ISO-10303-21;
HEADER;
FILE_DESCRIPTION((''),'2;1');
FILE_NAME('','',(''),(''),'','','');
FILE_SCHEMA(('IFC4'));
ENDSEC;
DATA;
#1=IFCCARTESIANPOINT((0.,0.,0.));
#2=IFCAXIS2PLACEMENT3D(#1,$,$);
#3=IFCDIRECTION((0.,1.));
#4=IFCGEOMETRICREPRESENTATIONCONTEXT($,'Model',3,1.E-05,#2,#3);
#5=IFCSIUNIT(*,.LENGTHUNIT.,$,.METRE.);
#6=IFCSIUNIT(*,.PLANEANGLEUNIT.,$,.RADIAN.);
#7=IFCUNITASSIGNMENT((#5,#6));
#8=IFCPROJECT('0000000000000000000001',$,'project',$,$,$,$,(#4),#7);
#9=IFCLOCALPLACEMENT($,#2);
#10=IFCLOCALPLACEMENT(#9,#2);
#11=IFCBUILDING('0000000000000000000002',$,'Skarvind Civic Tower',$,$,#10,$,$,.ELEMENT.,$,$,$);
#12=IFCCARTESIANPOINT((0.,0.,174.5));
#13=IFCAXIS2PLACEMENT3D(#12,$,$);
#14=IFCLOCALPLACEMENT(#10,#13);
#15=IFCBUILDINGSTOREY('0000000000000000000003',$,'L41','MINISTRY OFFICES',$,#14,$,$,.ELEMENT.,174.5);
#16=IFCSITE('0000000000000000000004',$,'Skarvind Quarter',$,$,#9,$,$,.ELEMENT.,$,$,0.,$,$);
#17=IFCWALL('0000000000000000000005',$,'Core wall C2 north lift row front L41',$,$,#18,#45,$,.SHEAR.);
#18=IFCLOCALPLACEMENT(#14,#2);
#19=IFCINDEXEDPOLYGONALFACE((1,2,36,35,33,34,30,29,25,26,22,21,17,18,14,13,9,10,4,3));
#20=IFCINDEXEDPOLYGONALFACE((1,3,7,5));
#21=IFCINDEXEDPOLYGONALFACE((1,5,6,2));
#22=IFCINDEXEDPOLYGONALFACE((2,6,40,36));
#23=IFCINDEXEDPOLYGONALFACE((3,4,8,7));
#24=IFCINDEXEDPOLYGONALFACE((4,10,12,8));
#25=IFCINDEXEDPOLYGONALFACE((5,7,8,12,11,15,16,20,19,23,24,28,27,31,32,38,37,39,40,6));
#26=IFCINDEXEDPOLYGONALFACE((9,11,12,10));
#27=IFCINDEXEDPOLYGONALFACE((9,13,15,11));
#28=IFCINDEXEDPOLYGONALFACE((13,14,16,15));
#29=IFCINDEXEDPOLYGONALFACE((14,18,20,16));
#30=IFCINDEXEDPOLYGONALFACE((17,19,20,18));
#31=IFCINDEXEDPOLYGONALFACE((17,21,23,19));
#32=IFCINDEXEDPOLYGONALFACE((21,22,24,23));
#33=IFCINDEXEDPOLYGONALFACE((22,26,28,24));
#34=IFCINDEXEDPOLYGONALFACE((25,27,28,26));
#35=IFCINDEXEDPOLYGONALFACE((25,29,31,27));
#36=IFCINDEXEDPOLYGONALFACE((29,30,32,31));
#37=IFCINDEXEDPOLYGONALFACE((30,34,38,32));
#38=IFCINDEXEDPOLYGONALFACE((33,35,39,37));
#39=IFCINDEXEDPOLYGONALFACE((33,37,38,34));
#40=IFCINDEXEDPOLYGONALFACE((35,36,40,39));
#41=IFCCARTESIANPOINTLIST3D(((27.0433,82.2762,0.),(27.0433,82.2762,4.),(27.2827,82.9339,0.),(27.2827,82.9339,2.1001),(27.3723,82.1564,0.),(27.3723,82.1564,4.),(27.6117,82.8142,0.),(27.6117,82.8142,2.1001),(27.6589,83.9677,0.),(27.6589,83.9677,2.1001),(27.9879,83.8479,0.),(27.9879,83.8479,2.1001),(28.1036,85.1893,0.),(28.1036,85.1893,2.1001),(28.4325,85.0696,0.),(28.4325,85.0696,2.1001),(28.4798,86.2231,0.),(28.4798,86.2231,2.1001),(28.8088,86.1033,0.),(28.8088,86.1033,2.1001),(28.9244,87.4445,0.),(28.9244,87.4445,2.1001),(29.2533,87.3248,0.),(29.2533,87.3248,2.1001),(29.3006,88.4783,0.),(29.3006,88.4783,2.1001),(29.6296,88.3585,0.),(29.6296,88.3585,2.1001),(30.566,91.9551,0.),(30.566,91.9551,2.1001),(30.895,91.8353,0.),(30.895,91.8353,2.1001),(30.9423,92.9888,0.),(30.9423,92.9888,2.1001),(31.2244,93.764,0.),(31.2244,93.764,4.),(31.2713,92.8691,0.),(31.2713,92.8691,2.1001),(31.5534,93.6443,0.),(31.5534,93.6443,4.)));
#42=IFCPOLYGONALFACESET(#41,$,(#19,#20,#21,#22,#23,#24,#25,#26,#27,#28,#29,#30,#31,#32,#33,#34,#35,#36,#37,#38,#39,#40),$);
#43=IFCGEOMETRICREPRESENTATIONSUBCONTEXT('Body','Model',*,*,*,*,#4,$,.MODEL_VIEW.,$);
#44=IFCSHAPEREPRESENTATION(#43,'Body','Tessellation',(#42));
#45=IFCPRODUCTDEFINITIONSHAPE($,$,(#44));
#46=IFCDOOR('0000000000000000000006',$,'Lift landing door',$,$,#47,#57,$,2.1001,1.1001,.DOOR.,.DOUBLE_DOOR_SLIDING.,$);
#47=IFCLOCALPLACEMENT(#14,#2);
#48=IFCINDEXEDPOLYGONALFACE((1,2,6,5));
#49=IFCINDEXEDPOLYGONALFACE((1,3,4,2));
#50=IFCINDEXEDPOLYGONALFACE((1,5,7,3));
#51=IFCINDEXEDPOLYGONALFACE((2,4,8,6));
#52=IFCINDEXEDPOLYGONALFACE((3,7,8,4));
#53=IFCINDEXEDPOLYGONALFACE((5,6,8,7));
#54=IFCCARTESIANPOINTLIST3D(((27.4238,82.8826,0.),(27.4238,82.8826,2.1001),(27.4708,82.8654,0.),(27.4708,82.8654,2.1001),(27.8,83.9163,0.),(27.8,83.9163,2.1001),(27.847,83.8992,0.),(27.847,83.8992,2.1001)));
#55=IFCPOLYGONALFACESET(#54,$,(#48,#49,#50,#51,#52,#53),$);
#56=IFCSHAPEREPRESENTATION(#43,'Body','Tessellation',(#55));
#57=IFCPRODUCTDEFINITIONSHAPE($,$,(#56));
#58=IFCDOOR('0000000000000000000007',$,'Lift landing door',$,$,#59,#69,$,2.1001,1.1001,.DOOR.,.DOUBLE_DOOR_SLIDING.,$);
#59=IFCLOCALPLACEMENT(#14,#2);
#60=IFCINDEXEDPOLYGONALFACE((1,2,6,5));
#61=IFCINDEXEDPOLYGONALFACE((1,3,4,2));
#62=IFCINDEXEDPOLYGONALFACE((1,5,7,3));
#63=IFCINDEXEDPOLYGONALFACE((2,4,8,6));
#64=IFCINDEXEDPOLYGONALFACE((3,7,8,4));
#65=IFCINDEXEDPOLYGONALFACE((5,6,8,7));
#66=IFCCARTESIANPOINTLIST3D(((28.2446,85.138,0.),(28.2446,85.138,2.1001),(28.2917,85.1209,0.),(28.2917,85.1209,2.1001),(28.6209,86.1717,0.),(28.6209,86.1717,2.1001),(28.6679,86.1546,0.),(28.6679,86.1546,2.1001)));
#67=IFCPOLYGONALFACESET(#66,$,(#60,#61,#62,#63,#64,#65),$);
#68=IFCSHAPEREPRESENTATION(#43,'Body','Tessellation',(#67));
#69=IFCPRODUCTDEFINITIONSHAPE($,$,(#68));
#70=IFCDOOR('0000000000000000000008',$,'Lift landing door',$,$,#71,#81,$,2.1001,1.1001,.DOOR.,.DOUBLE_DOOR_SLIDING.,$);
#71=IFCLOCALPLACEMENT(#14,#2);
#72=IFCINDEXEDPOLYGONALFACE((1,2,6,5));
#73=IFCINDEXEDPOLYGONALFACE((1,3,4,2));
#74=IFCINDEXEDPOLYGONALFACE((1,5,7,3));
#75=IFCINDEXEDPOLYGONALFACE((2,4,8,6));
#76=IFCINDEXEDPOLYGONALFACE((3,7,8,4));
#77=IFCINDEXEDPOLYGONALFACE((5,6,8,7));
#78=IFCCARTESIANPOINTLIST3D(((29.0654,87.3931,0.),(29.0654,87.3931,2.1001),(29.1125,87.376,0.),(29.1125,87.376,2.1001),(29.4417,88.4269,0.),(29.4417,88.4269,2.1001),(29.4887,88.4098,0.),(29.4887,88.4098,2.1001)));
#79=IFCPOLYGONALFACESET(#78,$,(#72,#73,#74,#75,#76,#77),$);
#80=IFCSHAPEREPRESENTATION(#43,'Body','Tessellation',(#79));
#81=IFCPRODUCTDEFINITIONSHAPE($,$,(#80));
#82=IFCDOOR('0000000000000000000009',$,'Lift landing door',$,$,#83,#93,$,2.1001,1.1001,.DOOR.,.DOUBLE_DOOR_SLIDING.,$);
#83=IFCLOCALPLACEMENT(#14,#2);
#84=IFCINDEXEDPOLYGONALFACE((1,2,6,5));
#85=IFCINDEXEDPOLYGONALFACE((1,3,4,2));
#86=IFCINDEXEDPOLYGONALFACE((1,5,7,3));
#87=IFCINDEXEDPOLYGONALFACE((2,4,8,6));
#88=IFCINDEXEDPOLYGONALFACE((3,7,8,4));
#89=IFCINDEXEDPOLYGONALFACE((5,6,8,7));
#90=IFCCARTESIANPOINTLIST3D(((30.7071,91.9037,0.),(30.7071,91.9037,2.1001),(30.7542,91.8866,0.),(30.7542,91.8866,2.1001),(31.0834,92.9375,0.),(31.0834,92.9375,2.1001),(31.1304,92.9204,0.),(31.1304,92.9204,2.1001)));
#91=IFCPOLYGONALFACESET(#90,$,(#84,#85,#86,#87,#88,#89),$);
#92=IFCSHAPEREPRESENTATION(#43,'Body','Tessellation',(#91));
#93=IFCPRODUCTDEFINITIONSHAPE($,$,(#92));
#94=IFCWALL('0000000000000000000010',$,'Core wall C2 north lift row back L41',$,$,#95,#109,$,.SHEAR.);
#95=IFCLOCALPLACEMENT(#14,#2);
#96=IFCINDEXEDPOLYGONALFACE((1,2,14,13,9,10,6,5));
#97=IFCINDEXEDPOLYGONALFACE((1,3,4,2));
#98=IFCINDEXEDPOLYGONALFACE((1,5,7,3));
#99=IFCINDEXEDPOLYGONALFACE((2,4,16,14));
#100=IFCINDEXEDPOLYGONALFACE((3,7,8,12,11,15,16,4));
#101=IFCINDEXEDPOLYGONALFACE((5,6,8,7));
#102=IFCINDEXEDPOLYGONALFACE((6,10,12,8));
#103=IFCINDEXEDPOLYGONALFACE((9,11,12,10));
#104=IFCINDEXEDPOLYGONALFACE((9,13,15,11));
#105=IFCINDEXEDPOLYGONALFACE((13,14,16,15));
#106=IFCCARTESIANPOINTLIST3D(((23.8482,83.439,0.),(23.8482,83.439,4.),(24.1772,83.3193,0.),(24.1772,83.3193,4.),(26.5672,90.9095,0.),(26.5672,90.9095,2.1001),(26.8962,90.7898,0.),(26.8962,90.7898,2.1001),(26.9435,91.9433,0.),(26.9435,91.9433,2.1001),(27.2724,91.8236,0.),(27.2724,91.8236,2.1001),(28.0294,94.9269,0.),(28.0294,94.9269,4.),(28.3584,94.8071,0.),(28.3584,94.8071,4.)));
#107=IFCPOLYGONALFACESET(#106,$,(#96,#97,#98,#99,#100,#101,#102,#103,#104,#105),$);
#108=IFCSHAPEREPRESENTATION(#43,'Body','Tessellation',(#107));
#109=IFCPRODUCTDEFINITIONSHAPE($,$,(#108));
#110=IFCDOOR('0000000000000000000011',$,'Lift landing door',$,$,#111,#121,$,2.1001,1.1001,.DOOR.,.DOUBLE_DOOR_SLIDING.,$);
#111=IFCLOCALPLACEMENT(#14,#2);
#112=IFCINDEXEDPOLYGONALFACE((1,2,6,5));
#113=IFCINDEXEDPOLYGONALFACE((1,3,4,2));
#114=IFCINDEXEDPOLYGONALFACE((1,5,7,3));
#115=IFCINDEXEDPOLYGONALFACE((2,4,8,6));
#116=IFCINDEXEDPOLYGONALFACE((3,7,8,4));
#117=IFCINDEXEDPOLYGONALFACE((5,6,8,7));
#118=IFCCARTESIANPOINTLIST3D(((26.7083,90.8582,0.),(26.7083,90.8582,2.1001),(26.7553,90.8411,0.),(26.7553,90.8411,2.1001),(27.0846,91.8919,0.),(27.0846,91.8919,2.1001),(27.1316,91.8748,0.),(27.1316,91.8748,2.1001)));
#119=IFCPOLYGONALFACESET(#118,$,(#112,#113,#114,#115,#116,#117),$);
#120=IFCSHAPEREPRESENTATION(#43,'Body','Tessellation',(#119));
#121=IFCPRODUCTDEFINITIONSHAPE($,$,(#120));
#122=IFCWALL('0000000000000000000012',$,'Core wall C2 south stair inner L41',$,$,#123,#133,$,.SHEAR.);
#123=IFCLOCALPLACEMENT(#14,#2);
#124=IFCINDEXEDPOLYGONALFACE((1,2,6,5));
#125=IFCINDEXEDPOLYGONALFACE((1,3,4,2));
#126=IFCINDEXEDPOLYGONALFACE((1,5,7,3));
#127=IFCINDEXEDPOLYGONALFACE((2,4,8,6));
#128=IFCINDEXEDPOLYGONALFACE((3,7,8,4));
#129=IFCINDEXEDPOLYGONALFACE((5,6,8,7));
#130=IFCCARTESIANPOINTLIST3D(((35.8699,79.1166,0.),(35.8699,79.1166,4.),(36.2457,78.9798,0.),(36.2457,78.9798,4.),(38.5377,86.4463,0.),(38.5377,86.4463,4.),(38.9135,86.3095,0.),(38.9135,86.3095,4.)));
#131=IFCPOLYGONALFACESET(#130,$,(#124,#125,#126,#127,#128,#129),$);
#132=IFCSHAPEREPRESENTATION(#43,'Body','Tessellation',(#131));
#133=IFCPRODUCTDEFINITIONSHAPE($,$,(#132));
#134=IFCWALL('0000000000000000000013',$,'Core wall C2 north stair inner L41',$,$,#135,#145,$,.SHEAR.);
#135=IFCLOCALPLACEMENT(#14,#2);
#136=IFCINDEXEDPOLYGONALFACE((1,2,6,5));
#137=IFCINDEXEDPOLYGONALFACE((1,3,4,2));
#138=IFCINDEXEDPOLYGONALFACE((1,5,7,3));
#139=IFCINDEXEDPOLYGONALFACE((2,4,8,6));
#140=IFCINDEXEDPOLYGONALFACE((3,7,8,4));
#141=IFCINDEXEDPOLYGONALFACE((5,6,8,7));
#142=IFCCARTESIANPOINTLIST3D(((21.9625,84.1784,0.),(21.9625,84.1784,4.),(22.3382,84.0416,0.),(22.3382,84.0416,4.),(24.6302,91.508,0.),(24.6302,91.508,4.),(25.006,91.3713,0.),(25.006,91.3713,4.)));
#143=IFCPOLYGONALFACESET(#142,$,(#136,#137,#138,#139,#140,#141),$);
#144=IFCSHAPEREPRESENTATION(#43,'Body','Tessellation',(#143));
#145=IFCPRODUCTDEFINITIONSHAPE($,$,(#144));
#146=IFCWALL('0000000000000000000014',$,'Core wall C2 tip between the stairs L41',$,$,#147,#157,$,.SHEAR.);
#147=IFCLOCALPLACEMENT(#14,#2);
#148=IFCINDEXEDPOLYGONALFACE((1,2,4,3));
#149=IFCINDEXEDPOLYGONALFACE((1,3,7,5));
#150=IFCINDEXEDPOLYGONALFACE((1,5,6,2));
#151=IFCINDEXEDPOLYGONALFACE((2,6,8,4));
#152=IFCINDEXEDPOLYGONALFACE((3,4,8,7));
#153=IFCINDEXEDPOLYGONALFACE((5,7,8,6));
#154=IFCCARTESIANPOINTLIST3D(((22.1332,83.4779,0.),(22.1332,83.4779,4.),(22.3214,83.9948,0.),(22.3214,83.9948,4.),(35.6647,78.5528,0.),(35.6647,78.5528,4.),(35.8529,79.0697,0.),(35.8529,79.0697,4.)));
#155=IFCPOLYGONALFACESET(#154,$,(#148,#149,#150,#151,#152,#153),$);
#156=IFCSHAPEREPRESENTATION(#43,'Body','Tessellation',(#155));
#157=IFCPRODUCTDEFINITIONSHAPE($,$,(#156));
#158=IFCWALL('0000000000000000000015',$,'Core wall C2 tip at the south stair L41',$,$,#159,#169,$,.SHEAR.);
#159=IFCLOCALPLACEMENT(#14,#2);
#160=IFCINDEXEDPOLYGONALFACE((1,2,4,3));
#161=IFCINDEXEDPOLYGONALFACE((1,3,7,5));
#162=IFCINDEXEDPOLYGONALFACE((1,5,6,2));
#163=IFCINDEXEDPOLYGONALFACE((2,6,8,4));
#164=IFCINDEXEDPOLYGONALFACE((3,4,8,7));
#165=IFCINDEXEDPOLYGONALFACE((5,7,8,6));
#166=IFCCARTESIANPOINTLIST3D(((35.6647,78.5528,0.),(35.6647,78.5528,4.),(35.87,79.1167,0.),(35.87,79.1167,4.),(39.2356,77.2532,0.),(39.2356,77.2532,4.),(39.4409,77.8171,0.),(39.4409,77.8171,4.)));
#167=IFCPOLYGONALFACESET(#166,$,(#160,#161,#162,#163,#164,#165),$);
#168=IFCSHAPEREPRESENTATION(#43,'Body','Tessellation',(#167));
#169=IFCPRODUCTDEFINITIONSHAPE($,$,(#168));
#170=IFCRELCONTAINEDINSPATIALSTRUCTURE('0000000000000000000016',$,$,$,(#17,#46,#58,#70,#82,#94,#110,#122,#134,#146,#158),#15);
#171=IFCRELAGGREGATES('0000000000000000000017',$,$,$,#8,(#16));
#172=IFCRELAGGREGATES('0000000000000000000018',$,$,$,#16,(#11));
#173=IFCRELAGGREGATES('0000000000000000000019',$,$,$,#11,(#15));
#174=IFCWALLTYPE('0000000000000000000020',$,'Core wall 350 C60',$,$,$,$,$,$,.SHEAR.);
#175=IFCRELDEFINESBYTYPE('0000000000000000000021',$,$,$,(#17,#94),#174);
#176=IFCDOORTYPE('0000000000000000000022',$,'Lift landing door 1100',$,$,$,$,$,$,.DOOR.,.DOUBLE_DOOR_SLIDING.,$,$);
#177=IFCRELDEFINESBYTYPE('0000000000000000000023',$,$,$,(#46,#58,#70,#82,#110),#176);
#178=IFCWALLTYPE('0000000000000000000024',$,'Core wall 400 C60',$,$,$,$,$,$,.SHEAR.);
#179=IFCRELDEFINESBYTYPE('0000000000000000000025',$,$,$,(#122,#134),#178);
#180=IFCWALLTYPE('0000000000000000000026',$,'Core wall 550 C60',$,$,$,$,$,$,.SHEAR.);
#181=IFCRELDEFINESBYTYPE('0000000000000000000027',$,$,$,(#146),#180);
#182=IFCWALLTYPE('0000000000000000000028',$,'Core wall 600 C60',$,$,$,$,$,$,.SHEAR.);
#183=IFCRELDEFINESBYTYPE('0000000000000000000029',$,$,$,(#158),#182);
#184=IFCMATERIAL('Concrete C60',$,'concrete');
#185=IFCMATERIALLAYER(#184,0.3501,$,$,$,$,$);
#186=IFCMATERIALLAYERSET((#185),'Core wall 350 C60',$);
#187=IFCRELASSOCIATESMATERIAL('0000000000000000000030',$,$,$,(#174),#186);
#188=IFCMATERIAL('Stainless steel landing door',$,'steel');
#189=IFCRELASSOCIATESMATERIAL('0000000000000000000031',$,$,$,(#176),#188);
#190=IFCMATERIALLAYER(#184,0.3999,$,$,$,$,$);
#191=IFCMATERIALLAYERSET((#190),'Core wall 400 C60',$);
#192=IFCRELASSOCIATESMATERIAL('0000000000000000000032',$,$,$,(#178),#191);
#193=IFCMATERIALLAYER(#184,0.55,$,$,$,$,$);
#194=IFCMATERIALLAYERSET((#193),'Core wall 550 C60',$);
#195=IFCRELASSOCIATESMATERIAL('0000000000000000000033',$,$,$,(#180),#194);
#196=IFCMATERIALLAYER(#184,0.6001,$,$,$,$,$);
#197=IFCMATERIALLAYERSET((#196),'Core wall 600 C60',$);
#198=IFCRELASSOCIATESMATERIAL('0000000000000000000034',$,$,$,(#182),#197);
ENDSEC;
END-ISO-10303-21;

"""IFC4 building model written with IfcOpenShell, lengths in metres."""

from ifc_helpers import new_model, si_unit, direction, frame, frame_2d, origin, place, context, subcontext, project, spatial, rectangle, extrude, material, layer, layer_set, type_object, element, fill, save


model = new_model("IFC4")

# Units and contexts
model_context = context("Model", 3, precision=1e-05, world=origin(), true_north=direction((0.0, 1.0)))
body_context = subcontext(model_context, "Body", "Model", "MODEL_VIEW")
ifc_project = project(units=[si_unit("LENGTHUNIT", "METRE"), si_unit("PLANEANGLEUNIT", "RADIAN")], contexts=[model_context])

# Site, building, storey
site_placement = place(None, origin())
site = spatial("IfcSite", under=ifc_project, at=site_placement, Name="Skarvind Quarter", CompositionType="ELEMENT", RefElevation=0.0)
building_placement = place(site_placement, origin())
building = spatial("IfcBuilding", under=site, at=building_placement, Name="Skarvind Civic Tower", CompositionType="ELEMENT")
storey_placement = place(building_placement, frame((0.0, 0.0, 174.5)))
storey = spatial("IfcBuildingStorey", under=building, at=storey_placement, Name="L41", Description="MINISTRY OFFICES", CompositionType="ELEMENT", Elevation=174.5)

# Shared definitions
ifc_material_1 = material(Name="Concrete C60", Category="concrete")
ifc_layer_1 = layer(ifc_material_1, 0.3501)
ifc_layer_set_1 = layer_set([ifc_layer_1], Name="Core wall 350 C60")
wall_type_1 = type_object("IfcWallType", Name="Core wall 350 C60", PredefinedType="SHEAR", material=ifc_layer_set_1)

# Wall, openings, doors
wall_1_placement = place(storey_placement, frame((27.2078, 82.2163, 0.0), z_axis=(0.0, 0.0, 1.0), x_axis=(0.342016, 0.939694, 0.0)))
wall_1 = element("IfcWall", 1, at=wall_1_placement, inside=storey, type_object=wall_type_1, Name="Core wall C2 north lift row front L41", PredefinedType="SHEAR", context=body_context, shape_type="SweptSolid", body=[
    extrude(rectangle(XDim=12.2251, YDim=0.3501, at=frame_2d((6.1125, 0.0))), origin(), (0.0, 0.0, 1.0), 4.0),
])
opening_1_placement = place(wall_1_placement, frame((0.7, 0.0, 0.0)))
opening_1 = element("IfcOpeningElement", 2, at=opening_1_placement, cuts=wall_1, PredefinedType="OPENING", context=body_context, shape_type="SweptSolid", body=[
    extrude(rectangle(XDim=1.1001, YDim=2.1001, at=frame_2d((0.55, 1.05))), frame((0.0, 0.1851, 0.0), z_axis=(0.0, -1.0, 0.0), x_axis=(1.0, 0.0, 0.0)), (0.0, 0.0, 1.0), 0.3701),
])
opening_2_placement = place(wall_1_placement, frame((3.1001, 0.0, 0.0)))
opening_2 = element("IfcOpeningElement", 3, at=opening_2_placement, cuts=wall_1, PredefinedType="OPENING", context=body_context, shape_type="SweptSolid", body=[
    extrude(rectangle(XDim=1.1001, YDim=2.1001, at=frame_2d((0.55, 1.05))), frame((0.0, 0.1851, 0.0), z_axis=(0.0, -1.0, 0.0), x_axis=(1.0, 0.0, 0.0)), (0.0, 0.0, 1.0), 0.3701),
])
opening_3_placement = place(wall_1_placement, frame((5.5, 0.0, 0.0)))
opening_3 = element("IfcOpeningElement", 4, at=opening_3_placement, cuts=wall_1, PredefinedType="OPENING", context=body_context, shape_type="SweptSolid", body=[
    extrude(rectangle(XDim=1.1001, YDim=2.1001, at=frame_2d((0.55, 1.05))), frame((0.0, 0.1851, 0.0), z_axis=(0.0, -1.0, 0.0), x_axis=(1.0, 0.0, 0.0)), (0.0, 0.0, 1.0), 0.3701),
])
opening_4_placement = place(wall_1_placement, frame((10.3, 0.0, 0.0)))
opening_4 = element("IfcOpeningElement", 5, at=opening_4_placement, cuts=wall_1, PredefinedType="OPENING", context=body_context, shape_type="SweptSolid", body=[
    extrude(rectangle(XDim=1.1001, YDim=2.1001, at=frame_2d((0.55, 1.05))), frame((0.0, 0.1851, 0.0), z_axis=(0.0, -1.0, 0.0), x_axis=(1.0, 0.0, 0.0)), (0.0, 0.0, 1.0), 0.3701),
])
ifc_material_2 = material(Name="Stainless steel landing door", Category="steel")
door_type_1 = type_object("IfcDoorType", Name="Lift landing door 1100", OperationType="DOUBLE_DOOR_SLIDING", PredefinedType="DOOR", material=ifc_material_2)
door_1_placement = place(opening_1_placement, origin())
door_1 = element("IfcDoor", 6, at=door_1_placement, inside=storey, type_object=door_type_1, Name="Lift landing door", OperationType="DOUBLE_DOOR_SLIDING", OverallHeight=2.1001, OverallWidth=1.1001, PredefinedType="DOOR", context=body_context, shape_type="SweptSolid", body=[
    extrude(rectangle(XDim=1.1001, YDim=2.1001, at=frame_2d((0.55, 1.05))), frame((0.0, 0.0249, 0.0), z_axis=(0.0, -1.0, 0.0), x_axis=(1.0, 0.0, 0.0)), (0.0, 0.0, 1.0), 0.05),
])
fill(opening_1, door_1)
door_2_placement = place(opening_2_placement, origin())
door_2 = element("IfcDoor", 7, at=door_2_placement, inside=storey, type_object=door_type_1, Name="Lift landing door", OperationType="DOUBLE_DOOR_SLIDING", OverallHeight=2.1001, OverallWidth=1.1001, PredefinedType="DOOR", context=body_context, shape_type="SweptSolid", body=[
    extrude(rectangle(XDim=1.1001, YDim=2.1001, at=frame_2d((0.55, 1.05))), frame((0.0, 0.0249, 0.0), z_axis=(0.0, -1.0, 0.0), x_axis=(1.0, 0.0, 0.0)), (0.0, 0.0, 1.0), 0.05),
])
fill(opening_2, door_2)
door_3_placement = place(opening_3_placement, origin())
door_3 = element("IfcDoor", 8, at=door_3_placement, inside=storey, type_object=door_type_1, Name="Lift landing door", OperationType="DOUBLE_DOOR_SLIDING", OverallHeight=2.1001, OverallWidth=1.1001, PredefinedType="DOOR", context=body_context, shape_type="SweptSolid", body=[
    extrude(rectangle(XDim=1.1001, YDim=2.1001, at=frame_2d((0.55, 1.05))), frame((0.0, 0.0249, 0.0), z_axis=(0.0, -1.0, 0.0), x_axis=(1.0, 0.0, 0.0)), (0.0, 0.0, 1.0), 0.05),
])
fill(opening_3, door_3)
door_4_placement = place(opening_4_placement, origin())
door_4 = element("IfcDoor", 9, at=door_4_placement, inside=storey, type_object=door_type_1, Name="Lift landing door", OperationType="DOUBLE_DOOR_SLIDING", OverallHeight=2.1001, OverallWidth=1.1001, PredefinedType="DOOR", context=body_context, shape_type="SweptSolid", body=[
    extrude(rectangle(XDim=1.1001, YDim=2.1001, at=frame_2d((0.55, 1.05))), frame((0.0, 0.0249, 0.0), z_axis=(0.0, -1.0, 0.0), x_axis=(1.0, 0.0, 0.0)), (0.0, 0.0, 1.0), 0.05),
])
fill(opening_4, door_4)

# Wall, opening, door
wall_2_placement = place(storey_placement, frame((24.0127, 83.3792, 0.0), z_axis=(0.0, 0.0, 1.0), x_axis=(0.342016, 0.939694, 0.0)))
wall_2 = element("IfcWall", 10, at=wall_2_placement, inside=storey, type_object=wall_type_1, Name="Core wall C2 north lift row back L41", PredefinedType="SHEAR", context=body_context, shape_type="SweptSolid", body=[
    extrude(rectangle(XDim=12.2251, YDim=0.3501, at=frame_2d((6.1125, 0.0))), origin(), (0.0, 0.0, 1.0), 4.0),
])
opening_5_placement = place(wall_2_placement, frame((7.95, 0.0, 0.0)))
opening_5 = element("IfcOpeningElement", 11, at=opening_5_placement, cuts=wall_2, PredefinedType="OPENING", context=body_context, shape_type="SweptSolid", body=[
    extrude(rectangle(XDim=1.1001, YDim=2.1001, at=frame_2d((0.55, 1.05))), frame((0.0, 0.1851, 0.0), z_axis=(0.0, -1.0, 0.0), x_axis=(1.0, 0.0, 0.0)), (0.0, 0.0, 1.0), 0.3701),
])
door_5_placement = place(opening_5_placement, origin())
door_5 = element("IfcDoor", 12, at=door_5_placement, inside=storey, type_object=door_type_1, Name="Lift landing door", OperationType="DOUBLE_DOOR_SLIDING", OverallHeight=2.1001, OverallWidth=1.1001, PredefinedType="DOOR", context=body_context, shape_type="SweptSolid", body=[
    extrude(rectangle(XDim=1.1001, YDim=2.1001, at=frame_2d((0.55, 1.05))), frame((0.0, 0.0249, 0.0), z_axis=(0.0, -1.0, 0.0), x_axis=(1.0, 0.0, 0.0)), (0.0, 0.0, 1.0), 0.05),
])
fill(opening_5, door_5)

# Walls
ifc_layer_2 = layer(ifc_material_1, 0.3999)
ifc_layer_set_2 = layer_set([ifc_layer_2], Name="Core wall 400 C60")
wall_type_2 = type_object("IfcWallType", Name="Core wall 400 C60", PredefinedType="SHEAR", material=ifc_layer_set_2)
for number, where, z_axis, x_axis, name in (
    (13, (36.0579, 79.0483, 0.0), (0.0, 0.0, 1.0), (0.342017, 0.939694, 0.0), "Core wall C2 south stair inner L41"),
    (14, (22.1504, 84.1101, 0.0), (0.0, 0.0, 1.0), (0.342017, 0.939694, 0.0), "Core wall C2 north stair inner L41"),
):
    element("IfcWall", number, at=place(storey_placement, frame(where, z_axis=z_axis, x_axis=x_axis)), inside=storey, type_object=wall_type_2, Name=name, PredefinedType="SHEAR", context=body_context, shape_type="SweptSolid", body=[
        extrude(rectangle(XDim=7.8, YDim=0.3999, at=frame_2d((3.8999, 0.0))), origin(), (0.0, 0.0, 1.0), 4.0),
    ])
ifc_layer_3 = layer(ifc_material_1, 0.55)
ifc_layer_set_3 = layer_set([ifc_layer_3], Name="Core wall 550 C60")
wall_type_3 = type_object("IfcWallType", Name="Core wall 550 C60", PredefinedType="SHEAR", material=ifc_layer_set_3)
wall_3_placement = place(storey_placement, frame((35.7588, 78.8113, 0.0), z_axis=(0.0, 0.0, 1.0), x_axis=(-0.939693, 0.342019, 0.0)))
element("IfcWall", 15, at=wall_3_placement, inside=storey, type_object=wall_type_3, Name="Core wall C2 tip between the stairs L41", PredefinedType="SHEAR", context=body_context, shape_type="SweptSolid", body=[
    extrude(rectangle(XDim=14.3999, YDim=0.55, at=frame_2d((7.2, 0.0))), origin(), (0.0, 0.0, 1.0), 4.0),
])
ifc_layer_4 = layer(ifc_material_1, 0.6001)
ifc_layer_set_4 = layer_set([ifc_layer_4], Name="Core wall 600 C60")
wall_type_4 = type_object("IfcWallType", Name="Core wall 600 C60", PredefinedType="SHEAR", material=ifc_layer_set_4)
for number, where, z_axis, x_axis, name in (
    (16, (39.3381, 77.5352, 0.0), (0.0, 0.0, 1.0), (-0.939701, 0.341996, 0.0), "Core wall C2 tip at the south stair L41"),
):
    element("IfcWall", number, at=place(storey_placement, frame(where, z_axis=z_axis, x_axis=x_axis)), inside=storey, type_object=wall_type_4, Name=name, PredefinedType="SHEAR", context=body_context, shape_type="SweptSolid", body=[
        extrude(rectangle(XDim=3.8, YDim=0.6001, at=frame_2d((1.8999, 0.0))), origin(), (0.0, 0.0, 1.0), 4.0),
    ])

save(model, "model.ifc")
